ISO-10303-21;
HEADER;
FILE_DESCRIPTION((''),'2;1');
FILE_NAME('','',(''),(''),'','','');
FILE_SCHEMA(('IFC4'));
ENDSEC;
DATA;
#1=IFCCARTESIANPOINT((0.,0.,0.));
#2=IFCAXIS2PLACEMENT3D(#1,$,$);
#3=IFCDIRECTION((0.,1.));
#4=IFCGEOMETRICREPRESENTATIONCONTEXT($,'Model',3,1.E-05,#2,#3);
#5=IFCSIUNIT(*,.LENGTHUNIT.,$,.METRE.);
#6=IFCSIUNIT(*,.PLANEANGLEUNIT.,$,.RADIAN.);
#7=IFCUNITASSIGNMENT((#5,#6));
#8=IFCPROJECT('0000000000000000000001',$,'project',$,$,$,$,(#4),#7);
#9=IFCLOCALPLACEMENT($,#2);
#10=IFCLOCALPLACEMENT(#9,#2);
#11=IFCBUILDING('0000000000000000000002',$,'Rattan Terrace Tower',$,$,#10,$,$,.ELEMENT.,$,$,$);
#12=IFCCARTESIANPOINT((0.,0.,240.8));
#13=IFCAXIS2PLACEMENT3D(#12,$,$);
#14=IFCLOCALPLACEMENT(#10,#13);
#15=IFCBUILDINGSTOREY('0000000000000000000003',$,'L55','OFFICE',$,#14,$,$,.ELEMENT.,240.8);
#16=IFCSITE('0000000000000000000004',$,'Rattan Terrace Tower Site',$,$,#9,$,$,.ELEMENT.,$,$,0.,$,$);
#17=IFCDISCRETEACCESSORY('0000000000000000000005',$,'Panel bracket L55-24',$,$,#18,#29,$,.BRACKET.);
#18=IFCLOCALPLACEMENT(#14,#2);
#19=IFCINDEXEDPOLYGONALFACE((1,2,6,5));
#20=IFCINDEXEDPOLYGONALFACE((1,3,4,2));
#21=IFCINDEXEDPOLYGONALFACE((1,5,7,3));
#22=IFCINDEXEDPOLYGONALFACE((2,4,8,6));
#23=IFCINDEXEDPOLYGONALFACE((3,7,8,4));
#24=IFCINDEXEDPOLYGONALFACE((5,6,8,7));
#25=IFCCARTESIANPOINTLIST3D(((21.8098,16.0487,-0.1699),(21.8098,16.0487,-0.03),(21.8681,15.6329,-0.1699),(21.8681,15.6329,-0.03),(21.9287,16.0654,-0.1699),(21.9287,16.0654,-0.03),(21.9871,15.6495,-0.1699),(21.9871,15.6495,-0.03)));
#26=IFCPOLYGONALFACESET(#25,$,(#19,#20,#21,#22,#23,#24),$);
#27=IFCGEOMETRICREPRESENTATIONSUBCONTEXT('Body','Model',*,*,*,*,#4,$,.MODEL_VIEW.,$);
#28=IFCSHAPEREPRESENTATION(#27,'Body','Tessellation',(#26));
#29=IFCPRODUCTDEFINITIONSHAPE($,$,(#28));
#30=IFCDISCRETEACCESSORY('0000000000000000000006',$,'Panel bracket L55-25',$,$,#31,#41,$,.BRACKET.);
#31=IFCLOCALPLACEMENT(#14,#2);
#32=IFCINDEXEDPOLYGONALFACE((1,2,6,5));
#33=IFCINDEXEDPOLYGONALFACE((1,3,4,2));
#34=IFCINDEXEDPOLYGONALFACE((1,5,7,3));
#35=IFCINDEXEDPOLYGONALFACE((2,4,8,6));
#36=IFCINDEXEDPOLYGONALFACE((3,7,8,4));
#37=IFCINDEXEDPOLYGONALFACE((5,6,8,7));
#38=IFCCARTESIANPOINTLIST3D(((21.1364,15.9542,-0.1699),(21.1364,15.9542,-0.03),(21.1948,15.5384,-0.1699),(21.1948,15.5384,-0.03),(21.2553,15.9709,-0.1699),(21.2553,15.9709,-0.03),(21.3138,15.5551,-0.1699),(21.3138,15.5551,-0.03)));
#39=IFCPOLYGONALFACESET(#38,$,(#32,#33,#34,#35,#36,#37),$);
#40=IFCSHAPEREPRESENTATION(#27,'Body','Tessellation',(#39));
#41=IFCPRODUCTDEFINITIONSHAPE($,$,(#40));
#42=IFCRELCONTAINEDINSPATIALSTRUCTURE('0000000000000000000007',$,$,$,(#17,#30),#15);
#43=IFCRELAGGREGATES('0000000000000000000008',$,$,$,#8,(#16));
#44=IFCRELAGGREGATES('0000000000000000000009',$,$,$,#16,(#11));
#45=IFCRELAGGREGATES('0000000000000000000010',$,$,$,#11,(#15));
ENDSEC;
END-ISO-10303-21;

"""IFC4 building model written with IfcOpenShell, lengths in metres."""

from ifc_helpers import new_model, si_unit, direction, frame, origin, origin_2d, place, context, subcontext, project, spatial, rectangle, extrude, element, save


model = new_model("IFC4")

# Units and contexts
model_context = context("Model", 3, precision=1e-05, world=origin(), true_north=direction((0.0, 1.0)))
body_context = subcontext(model_context, "Body", "Model", "MODEL_VIEW")
ifc_project = project(units=[si_unit("LENGTHUNIT", "METRE"), si_unit("PLANEANGLEUNIT", "RADIAN")], contexts=[model_context])

# Site, building, storey
site_placement = place(None, origin())
site = spatial("IfcSite", under=ifc_project, at=site_placement, Name="Rattan Terrace Tower Site", CompositionType="ELEMENT", RefElevation=0.0)
building_placement = place(site_placement, origin())
building = spatial("IfcBuilding", under=site, at=building_placement, Name="Rattan Terrace Tower", CompositionType="ELEMENT")
storey_placement = place(building_placement, frame((0.0, 0.0, 240.8)))
storey = spatial("IfcBuildingStorey", under=building, at=storey_placement, Name="L55", Description="OFFICE", CompositionType="ELEMENT", Elevation=240.8)

# Discrete accessories
for number, where, z_axis, x_axis, name in (
    (1, (21.8984, 15.8491, -0.1699), (0.0, 0.0, 1.0), (-0.990293, -0.138994, 0.0), "Panel bracket L55-24"),
    (2, (21.2251, 15.7546, -0.1699), (0.0, 0.0, 1.0), (-0.990267, -0.139177, 0.0), "Panel bracket L55-25"),
):
    element("IfcDiscreteAccessory", number, at=place(storey_placement, frame(where, z_axis=z_axis, x_axis=x_axis)), inside=storey, Name=name, PredefinedType="BRACKET", context=body_context, shape_type="SweptSolid", body=[
        extrude(rectangle(XDim=0.1201, YDim=0.4199, at=origin_2d()), origin(), (0.0, 0.0, 1.0), 0.1399),
    ])

save(model, "model.ifc")
